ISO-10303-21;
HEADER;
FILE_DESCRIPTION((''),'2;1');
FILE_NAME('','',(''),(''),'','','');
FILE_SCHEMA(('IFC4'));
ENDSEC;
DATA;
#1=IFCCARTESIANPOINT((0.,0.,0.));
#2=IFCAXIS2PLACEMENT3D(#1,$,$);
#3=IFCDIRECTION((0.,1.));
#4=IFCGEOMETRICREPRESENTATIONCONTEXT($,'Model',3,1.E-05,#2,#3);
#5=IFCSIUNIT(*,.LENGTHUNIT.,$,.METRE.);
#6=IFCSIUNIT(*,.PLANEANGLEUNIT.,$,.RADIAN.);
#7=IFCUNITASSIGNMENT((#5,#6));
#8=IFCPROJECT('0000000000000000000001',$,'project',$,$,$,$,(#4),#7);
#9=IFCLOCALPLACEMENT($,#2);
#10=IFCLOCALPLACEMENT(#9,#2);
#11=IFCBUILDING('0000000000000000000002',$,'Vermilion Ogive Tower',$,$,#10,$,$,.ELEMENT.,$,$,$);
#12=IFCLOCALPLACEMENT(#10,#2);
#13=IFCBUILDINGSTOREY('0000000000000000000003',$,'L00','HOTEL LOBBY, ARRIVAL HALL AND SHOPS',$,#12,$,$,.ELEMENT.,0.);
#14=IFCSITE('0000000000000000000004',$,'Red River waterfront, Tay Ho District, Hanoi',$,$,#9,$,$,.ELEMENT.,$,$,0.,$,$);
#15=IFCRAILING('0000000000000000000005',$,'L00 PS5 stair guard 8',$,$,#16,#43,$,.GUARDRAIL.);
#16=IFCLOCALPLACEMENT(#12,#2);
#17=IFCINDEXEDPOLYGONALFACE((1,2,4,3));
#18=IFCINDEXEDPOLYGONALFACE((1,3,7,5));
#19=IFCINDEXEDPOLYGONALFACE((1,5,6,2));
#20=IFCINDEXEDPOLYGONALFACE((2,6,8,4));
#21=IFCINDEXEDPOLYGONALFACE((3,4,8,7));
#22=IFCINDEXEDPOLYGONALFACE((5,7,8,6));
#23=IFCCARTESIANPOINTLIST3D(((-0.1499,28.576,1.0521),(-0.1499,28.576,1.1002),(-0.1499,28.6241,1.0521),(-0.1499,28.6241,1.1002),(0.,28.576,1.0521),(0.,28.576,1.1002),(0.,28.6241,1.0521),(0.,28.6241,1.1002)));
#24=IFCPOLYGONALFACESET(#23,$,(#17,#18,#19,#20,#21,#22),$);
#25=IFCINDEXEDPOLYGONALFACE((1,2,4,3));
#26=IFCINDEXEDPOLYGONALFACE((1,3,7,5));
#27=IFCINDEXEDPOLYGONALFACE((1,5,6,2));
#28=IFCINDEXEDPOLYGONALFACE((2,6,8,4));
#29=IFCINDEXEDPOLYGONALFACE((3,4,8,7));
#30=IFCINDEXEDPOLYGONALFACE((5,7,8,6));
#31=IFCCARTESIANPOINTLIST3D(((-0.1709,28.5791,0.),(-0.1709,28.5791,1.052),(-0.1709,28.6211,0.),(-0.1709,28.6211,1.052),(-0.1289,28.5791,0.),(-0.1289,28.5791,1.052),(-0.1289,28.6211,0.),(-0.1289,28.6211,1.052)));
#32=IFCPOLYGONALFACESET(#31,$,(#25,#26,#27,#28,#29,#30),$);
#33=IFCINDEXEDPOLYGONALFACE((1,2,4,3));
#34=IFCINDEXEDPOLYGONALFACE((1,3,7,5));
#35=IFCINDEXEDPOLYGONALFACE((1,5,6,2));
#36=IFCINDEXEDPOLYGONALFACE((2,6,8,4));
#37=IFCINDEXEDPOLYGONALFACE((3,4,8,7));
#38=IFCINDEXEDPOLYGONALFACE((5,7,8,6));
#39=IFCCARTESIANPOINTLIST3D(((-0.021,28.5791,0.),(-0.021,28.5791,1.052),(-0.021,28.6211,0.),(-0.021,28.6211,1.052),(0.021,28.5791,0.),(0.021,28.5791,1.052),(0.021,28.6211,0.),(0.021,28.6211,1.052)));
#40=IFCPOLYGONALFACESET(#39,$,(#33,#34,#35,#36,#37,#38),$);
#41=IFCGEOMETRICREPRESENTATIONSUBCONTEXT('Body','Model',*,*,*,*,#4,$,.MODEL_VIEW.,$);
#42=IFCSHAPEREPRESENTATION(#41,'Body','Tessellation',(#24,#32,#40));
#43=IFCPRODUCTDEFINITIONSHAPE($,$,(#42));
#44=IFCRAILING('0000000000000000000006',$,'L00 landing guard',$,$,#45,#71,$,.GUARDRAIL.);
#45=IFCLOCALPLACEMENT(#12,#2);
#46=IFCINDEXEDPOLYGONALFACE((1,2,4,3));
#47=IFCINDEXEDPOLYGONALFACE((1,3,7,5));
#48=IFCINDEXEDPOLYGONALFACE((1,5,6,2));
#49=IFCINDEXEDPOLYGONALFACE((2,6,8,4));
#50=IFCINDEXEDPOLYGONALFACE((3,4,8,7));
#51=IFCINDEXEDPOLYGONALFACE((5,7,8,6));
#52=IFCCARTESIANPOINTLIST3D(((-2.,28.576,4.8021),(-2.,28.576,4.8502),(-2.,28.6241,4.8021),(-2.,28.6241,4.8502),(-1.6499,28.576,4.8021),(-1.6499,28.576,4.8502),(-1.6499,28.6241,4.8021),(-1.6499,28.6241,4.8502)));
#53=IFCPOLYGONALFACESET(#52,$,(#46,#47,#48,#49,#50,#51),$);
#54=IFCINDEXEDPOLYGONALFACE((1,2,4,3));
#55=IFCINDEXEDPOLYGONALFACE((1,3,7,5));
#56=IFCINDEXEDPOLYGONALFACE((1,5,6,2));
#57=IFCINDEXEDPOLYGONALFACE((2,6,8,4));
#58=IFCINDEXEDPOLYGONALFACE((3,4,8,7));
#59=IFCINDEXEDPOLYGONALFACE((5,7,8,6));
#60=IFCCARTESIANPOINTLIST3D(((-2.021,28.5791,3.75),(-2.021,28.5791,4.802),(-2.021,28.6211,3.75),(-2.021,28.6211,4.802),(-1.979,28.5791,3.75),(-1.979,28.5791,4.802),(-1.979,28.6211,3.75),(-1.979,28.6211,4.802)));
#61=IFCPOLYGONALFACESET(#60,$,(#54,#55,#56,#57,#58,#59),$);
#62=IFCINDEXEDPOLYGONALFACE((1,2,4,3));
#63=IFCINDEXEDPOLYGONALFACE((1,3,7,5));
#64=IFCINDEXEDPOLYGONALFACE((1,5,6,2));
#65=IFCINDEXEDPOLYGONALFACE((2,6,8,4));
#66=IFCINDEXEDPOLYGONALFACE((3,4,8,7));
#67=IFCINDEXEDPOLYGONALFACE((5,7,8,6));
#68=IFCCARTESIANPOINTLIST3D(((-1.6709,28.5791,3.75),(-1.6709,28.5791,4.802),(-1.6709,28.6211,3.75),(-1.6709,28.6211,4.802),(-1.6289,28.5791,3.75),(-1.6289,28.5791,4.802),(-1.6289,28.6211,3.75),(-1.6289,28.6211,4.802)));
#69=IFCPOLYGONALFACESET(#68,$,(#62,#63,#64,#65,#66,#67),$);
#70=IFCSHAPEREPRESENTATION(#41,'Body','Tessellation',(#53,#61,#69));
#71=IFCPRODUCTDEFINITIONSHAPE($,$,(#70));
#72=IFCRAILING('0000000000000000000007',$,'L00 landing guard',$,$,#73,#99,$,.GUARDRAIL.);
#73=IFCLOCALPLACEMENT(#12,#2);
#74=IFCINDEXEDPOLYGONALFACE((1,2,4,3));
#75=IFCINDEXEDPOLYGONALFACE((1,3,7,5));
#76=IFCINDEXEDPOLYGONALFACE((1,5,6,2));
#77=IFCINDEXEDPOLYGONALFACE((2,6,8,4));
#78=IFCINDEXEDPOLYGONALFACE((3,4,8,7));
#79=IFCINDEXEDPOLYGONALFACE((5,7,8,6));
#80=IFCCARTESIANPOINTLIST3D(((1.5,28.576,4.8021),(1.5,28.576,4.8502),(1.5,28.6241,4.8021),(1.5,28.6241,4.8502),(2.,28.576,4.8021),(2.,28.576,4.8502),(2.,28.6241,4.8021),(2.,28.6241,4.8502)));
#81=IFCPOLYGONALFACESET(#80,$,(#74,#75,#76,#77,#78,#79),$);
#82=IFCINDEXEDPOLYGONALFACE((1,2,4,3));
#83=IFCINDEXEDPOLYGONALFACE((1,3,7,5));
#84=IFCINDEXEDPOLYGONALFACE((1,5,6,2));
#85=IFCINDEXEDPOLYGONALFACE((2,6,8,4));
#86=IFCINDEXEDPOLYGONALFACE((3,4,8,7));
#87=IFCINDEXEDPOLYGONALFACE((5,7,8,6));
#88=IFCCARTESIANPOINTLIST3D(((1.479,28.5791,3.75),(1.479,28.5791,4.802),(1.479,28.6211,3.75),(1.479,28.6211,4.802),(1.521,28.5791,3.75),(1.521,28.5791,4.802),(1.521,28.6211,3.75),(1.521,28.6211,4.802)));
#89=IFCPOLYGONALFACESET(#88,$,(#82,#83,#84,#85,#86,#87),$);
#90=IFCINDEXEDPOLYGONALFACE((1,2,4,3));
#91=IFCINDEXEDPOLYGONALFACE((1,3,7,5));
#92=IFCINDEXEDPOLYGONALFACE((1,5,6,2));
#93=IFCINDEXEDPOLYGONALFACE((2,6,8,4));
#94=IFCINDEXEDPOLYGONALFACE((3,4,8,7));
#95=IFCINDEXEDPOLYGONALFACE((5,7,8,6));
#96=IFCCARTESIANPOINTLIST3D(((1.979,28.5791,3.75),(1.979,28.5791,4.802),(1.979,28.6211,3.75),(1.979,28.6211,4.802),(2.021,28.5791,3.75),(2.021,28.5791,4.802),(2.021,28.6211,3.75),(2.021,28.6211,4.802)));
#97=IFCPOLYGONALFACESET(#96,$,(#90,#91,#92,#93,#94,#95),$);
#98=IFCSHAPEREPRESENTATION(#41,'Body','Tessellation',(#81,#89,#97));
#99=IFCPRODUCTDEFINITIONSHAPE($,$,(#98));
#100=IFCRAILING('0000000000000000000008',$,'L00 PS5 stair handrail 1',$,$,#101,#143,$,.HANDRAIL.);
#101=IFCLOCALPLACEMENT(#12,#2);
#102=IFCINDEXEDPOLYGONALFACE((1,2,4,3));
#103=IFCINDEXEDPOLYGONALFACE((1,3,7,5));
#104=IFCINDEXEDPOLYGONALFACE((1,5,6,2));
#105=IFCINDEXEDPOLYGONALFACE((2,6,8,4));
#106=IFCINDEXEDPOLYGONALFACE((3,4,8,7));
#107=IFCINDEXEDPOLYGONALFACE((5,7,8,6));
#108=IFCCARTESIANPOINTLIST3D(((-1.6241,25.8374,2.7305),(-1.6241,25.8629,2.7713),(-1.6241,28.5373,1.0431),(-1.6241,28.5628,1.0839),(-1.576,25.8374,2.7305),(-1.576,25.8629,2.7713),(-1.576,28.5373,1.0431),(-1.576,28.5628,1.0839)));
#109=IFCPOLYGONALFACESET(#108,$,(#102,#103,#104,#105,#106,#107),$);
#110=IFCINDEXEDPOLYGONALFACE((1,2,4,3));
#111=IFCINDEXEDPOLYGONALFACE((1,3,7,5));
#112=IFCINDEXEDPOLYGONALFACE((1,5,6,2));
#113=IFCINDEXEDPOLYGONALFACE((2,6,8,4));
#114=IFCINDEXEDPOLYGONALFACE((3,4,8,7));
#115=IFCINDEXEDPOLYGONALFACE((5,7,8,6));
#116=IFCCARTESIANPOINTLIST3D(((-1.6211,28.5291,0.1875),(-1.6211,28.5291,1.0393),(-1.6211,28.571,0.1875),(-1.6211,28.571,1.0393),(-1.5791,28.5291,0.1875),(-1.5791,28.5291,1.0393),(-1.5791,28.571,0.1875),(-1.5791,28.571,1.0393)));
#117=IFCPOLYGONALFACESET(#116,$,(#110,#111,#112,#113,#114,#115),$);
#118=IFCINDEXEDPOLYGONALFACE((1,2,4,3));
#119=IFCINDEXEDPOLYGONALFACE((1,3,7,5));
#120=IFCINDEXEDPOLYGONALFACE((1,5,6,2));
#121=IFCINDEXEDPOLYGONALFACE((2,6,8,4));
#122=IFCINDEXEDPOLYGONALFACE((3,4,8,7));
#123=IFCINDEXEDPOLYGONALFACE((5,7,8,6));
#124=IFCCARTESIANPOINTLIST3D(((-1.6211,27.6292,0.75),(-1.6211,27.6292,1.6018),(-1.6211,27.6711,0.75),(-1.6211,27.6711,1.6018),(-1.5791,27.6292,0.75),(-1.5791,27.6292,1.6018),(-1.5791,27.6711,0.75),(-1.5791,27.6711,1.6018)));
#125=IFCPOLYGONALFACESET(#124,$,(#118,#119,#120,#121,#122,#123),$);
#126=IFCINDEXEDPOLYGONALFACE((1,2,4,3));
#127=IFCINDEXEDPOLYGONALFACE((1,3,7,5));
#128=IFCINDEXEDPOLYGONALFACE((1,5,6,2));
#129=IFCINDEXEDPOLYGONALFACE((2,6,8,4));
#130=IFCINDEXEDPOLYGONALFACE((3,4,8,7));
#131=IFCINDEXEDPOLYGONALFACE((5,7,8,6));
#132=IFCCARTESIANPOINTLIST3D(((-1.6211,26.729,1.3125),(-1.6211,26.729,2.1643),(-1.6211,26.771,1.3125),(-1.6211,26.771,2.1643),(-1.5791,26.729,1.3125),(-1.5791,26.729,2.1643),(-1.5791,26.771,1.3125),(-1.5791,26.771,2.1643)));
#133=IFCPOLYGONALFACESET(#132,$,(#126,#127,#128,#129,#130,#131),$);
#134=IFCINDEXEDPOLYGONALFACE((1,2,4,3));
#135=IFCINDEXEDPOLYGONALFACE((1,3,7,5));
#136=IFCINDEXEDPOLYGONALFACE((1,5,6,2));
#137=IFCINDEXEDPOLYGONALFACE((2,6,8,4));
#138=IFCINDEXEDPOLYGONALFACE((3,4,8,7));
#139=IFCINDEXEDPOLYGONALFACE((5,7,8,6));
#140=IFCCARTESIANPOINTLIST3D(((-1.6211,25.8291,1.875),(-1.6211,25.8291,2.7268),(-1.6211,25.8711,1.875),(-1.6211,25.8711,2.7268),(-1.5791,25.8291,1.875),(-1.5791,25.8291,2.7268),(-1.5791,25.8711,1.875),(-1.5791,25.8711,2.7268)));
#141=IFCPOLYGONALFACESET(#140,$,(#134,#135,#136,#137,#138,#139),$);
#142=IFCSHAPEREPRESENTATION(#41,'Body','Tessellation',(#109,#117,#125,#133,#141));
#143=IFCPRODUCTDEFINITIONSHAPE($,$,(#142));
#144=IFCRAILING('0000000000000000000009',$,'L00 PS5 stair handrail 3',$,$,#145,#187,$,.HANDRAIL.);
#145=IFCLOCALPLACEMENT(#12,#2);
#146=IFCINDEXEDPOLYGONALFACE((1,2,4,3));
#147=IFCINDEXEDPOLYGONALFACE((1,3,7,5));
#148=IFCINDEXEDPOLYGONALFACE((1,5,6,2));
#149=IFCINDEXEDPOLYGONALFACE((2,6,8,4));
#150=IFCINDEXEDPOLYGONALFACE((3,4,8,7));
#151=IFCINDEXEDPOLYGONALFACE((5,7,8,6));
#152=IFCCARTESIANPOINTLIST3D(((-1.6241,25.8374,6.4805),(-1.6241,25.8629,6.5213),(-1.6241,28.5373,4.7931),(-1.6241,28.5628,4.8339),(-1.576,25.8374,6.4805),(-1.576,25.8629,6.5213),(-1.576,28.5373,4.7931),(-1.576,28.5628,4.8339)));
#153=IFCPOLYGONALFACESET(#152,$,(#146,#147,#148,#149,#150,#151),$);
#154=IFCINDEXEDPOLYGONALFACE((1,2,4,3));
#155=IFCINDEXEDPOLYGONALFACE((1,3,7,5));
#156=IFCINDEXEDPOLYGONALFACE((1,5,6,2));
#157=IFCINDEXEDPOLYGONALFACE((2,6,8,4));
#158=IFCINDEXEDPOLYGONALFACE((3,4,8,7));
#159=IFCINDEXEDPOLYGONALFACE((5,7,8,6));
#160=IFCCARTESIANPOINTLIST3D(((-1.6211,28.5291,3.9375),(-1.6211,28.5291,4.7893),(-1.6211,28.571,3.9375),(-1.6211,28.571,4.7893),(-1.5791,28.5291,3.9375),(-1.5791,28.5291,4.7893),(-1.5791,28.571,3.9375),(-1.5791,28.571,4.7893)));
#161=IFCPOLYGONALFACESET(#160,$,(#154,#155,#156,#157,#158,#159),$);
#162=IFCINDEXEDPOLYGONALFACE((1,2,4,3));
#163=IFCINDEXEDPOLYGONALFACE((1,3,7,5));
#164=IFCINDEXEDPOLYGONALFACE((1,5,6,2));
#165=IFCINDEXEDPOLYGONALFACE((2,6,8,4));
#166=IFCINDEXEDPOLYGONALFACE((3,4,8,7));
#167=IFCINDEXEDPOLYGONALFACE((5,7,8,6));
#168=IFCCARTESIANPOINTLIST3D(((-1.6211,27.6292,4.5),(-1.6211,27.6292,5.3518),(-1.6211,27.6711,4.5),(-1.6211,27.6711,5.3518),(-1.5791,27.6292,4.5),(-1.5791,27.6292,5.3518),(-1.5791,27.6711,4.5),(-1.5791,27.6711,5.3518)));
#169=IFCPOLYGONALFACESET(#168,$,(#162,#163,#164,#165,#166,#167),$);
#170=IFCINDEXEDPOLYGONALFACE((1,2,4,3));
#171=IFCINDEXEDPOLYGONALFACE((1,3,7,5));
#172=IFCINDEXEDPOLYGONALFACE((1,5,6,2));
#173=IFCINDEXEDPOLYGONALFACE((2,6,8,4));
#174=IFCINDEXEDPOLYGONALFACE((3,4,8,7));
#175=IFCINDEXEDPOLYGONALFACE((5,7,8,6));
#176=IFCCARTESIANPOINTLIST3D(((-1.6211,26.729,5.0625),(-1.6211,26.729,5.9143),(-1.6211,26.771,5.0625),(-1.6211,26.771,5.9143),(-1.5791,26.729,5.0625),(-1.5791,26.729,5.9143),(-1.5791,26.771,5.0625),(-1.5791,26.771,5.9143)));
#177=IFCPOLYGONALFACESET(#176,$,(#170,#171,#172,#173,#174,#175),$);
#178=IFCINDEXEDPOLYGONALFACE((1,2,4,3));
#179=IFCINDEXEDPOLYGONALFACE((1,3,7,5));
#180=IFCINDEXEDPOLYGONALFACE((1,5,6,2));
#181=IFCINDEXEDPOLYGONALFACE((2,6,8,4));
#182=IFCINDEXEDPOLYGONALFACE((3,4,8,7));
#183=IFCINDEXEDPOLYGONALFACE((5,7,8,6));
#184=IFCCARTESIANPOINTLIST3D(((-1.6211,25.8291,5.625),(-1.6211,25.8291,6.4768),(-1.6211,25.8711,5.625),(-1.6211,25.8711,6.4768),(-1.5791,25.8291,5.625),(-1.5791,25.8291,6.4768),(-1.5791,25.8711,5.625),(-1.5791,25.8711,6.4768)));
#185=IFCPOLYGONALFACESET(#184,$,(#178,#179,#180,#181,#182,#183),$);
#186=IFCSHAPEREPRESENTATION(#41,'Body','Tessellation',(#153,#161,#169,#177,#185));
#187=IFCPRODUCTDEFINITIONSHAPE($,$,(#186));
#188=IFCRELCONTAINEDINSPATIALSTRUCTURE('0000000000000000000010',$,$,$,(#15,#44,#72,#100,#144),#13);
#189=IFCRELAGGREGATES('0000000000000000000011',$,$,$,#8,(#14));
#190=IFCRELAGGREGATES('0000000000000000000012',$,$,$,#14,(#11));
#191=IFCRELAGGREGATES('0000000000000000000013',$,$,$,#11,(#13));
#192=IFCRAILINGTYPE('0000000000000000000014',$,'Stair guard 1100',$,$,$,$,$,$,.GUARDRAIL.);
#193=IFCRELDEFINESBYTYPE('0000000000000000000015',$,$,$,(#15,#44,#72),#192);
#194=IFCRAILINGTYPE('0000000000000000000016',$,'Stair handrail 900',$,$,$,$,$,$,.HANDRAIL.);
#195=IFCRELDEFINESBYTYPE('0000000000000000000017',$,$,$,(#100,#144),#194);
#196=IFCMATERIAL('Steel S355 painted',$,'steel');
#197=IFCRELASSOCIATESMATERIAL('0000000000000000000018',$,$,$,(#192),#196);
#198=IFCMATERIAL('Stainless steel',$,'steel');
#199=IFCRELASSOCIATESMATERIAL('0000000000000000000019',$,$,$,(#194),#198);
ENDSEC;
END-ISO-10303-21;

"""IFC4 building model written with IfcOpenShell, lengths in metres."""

from ifc_helpers import new_model, si_unit, direction, frame, origin, origin_2d, place, context, subcontext, project, spatial, rectangle, extrude, material, type_object, element, save


model = new_model("IFC4")

# Units and contexts
model_context = context("Model", 3, precision=1e-05, world=origin(), true_north=direction((0.0, 1.0)))
body_context = subcontext(model_context, "Body", "Model", "MODEL_VIEW")
ifc_project = project(units=[si_unit("LENGTHUNIT", "METRE"), si_unit("PLANEANGLEUNIT", "RADIAN")], contexts=[model_context])

# Site, building, storey
site_placement = place(None, origin())
site = spatial("IfcSite", under=ifc_project, at=site_placement, Name="Red River waterfront, Tay Ho District, Hanoi", CompositionType="ELEMENT", RefElevation=0.0)
building_placement = place(site_placement, origin())
building = spatial("IfcBuilding", under=site, at=building_placement, Name="Vermilion Ogive Tower", CompositionType="ELEMENT")
storey_placement = place(building_placement, origin())
storey = spatial("IfcBuildingStorey", under=building, at=storey_placement, Name="L00", Description="HOTEL LOBBY, ARRIVAL HALL AND SHOPS", CompositionType="ELEMENT", Elevation=0.0)

# Railings
ifc_material_1 = material(Name="Steel S355 painted", Category="steel")
railing_type_1 = type_object("IfcRailingType", Name="Stair guard 1100", PredefinedType="GUARDRAIL", material=ifc_material_1)
railing_1_placement = place(storey_placement, frame((-0.1499, 28.6001, 0.0)))
element("IfcRailing", 1, at=railing_1_placement, inside=storey, type_object=railing_type_1, Name="L00 PS5 stair guard 8", PredefinedType="GUARDRAIL", context=body_context, shape_type="SweptSolid", body=[
    extrude(rectangle(XDim=0.0481, YDim=0.0481, at=origin_2d()), frame((0.0, 0.0, 1.0762), z_axis=(1.0, 0.0, 0.0), x_axis=(0.0, 1.0, 0.0)), (0.0, 0.0, 1.0), 0.1499),
    extrude(rectangle(XDim=0.042, YDim=0.042, at=origin_2d()), origin(), (0.0, 0.0, 1.0), 1.052),
    extrude(rectangle(XDim=0.042, YDim=0.042, at=origin_2d()), frame((0.1499, 0.0, 0.0)), (0.0, 0.0, 1.0), 1.052),
])
railing_2_placement = place(storey_placement, frame((-2.0, 28.6001, 3.75)))
element("IfcRailing", 2, at=railing_2_placement, inside=storey, type_object=railing_type_1, Name="L00 landing guard", PredefinedType="GUARDRAIL", context=body_context, shape_type="SweptSolid", body=[
    extrude(rectangle(XDim=0.0481, YDim=0.0481, at=origin_2d()), frame((0.0, 0.0, 1.0762), z_axis=(1.0, 0.0, 0.0), x_axis=(0.0, 1.0, 0.0)), (0.0, 0.0, 1.0), 0.3501),
    extrude(rectangle(XDim=0.042, YDim=0.042, at=origin_2d()), origin(), (0.0, 0.0, 1.0), 1.052),
    extrude(rectangle(XDim=0.042, YDim=0.042, at=origin_2d()), frame((0.3501, 0.0, 0.0)), (0.0, 0.0, 1.0), 1.052),
])
railing_3_placement = place(storey_placement, frame((1.5, 28.6001, 3.75)))
element("IfcRailing", 3, at=railing_3_placement, inside=storey, type_object=railing_type_1, Name="L00 landing guard", PredefinedType="GUARDRAIL", context=body_context, shape_type="SweptSolid", body=[
    extrude(rectangle(XDim=0.0481, YDim=0.0481, at=origin_2d()), frame((0.0, 0.0, 1.0762), z_axis=(1.0, 0.0, 0.0), x_axis=(0.0, 1.0, 0.0)), (0.0, 0.0, 1.0), 0.5),
    extrude(rectangle(XDim=0.042, YDim=0.042, at=origin_2d()), origin(), (0.0, 0.0, 1.0), 1.052),
    extrude(rectangle(XDim=0.042, YDim=0.042, at=origin_2d()), frame((0.5, 0.0, 0.0)), (0.0, 0.0, 1.0), 1.052),
])
ifc_material_2 = material(Name="Stainless steel", Category="steel")
railing_type_2 = type_object("IfcRailingType", Name="Stair handrail 900", PredefinedType="HANDRAIL", material=ifc_material_2)
for number, where, name in (
    (4, (-1.6001, 28.55, 0.1875), "L00 PS5 stair handrail 1"),
    (5, (-1.6001, 28.55, 3.9375), "L00 PS5 stair handrail 3"),
):
    element("IfcRailing", number, at=place(storey_placement, frame(where)), inside=storey, type_object=railing_type_2, Name=name, PredefinedType="HANDRAIL", context=body_context, shape_type="SweptSolid", body=[
        extrude(rectangle(XDim=0.0481, YDim=0.0481, at=origin_2d()), frame((0.0, 0.0, 0.876), z_axis=(0.0, -0.847994, 0.530006), x_axis=(1.0, 0.0, 0.0)), (0.0, 0.0, 1.0), 3.1838),
        extrude(rectangle(XDim=0.042, YDim=0.042, at=origin_2d()), origin(), (0.0, 0.0, 1.0), 0.8518),
        extrude(rectangle(XDim=0.042, YDim=0.042, at=origin_2d()), frame((0.0, -0.8999, 0.5625)), (0.0, 0.0, 1.0), 0.8518),
        extrude(rectangle(XDim=0.042, YDim=0.042, at=origin_2d()), frame((0.0, -1.8, 1.125)), (0.0, 0.0, 1.0), 0.8518),
        extrude(rectangle(XDim=0.042, YDim=0.042, at=origin_2d()), frame((0.0, -2.7, 1.6875)), (0.0, 0.0, 1.0), 0.8518),
    ])

save(model, "model.ifc")
